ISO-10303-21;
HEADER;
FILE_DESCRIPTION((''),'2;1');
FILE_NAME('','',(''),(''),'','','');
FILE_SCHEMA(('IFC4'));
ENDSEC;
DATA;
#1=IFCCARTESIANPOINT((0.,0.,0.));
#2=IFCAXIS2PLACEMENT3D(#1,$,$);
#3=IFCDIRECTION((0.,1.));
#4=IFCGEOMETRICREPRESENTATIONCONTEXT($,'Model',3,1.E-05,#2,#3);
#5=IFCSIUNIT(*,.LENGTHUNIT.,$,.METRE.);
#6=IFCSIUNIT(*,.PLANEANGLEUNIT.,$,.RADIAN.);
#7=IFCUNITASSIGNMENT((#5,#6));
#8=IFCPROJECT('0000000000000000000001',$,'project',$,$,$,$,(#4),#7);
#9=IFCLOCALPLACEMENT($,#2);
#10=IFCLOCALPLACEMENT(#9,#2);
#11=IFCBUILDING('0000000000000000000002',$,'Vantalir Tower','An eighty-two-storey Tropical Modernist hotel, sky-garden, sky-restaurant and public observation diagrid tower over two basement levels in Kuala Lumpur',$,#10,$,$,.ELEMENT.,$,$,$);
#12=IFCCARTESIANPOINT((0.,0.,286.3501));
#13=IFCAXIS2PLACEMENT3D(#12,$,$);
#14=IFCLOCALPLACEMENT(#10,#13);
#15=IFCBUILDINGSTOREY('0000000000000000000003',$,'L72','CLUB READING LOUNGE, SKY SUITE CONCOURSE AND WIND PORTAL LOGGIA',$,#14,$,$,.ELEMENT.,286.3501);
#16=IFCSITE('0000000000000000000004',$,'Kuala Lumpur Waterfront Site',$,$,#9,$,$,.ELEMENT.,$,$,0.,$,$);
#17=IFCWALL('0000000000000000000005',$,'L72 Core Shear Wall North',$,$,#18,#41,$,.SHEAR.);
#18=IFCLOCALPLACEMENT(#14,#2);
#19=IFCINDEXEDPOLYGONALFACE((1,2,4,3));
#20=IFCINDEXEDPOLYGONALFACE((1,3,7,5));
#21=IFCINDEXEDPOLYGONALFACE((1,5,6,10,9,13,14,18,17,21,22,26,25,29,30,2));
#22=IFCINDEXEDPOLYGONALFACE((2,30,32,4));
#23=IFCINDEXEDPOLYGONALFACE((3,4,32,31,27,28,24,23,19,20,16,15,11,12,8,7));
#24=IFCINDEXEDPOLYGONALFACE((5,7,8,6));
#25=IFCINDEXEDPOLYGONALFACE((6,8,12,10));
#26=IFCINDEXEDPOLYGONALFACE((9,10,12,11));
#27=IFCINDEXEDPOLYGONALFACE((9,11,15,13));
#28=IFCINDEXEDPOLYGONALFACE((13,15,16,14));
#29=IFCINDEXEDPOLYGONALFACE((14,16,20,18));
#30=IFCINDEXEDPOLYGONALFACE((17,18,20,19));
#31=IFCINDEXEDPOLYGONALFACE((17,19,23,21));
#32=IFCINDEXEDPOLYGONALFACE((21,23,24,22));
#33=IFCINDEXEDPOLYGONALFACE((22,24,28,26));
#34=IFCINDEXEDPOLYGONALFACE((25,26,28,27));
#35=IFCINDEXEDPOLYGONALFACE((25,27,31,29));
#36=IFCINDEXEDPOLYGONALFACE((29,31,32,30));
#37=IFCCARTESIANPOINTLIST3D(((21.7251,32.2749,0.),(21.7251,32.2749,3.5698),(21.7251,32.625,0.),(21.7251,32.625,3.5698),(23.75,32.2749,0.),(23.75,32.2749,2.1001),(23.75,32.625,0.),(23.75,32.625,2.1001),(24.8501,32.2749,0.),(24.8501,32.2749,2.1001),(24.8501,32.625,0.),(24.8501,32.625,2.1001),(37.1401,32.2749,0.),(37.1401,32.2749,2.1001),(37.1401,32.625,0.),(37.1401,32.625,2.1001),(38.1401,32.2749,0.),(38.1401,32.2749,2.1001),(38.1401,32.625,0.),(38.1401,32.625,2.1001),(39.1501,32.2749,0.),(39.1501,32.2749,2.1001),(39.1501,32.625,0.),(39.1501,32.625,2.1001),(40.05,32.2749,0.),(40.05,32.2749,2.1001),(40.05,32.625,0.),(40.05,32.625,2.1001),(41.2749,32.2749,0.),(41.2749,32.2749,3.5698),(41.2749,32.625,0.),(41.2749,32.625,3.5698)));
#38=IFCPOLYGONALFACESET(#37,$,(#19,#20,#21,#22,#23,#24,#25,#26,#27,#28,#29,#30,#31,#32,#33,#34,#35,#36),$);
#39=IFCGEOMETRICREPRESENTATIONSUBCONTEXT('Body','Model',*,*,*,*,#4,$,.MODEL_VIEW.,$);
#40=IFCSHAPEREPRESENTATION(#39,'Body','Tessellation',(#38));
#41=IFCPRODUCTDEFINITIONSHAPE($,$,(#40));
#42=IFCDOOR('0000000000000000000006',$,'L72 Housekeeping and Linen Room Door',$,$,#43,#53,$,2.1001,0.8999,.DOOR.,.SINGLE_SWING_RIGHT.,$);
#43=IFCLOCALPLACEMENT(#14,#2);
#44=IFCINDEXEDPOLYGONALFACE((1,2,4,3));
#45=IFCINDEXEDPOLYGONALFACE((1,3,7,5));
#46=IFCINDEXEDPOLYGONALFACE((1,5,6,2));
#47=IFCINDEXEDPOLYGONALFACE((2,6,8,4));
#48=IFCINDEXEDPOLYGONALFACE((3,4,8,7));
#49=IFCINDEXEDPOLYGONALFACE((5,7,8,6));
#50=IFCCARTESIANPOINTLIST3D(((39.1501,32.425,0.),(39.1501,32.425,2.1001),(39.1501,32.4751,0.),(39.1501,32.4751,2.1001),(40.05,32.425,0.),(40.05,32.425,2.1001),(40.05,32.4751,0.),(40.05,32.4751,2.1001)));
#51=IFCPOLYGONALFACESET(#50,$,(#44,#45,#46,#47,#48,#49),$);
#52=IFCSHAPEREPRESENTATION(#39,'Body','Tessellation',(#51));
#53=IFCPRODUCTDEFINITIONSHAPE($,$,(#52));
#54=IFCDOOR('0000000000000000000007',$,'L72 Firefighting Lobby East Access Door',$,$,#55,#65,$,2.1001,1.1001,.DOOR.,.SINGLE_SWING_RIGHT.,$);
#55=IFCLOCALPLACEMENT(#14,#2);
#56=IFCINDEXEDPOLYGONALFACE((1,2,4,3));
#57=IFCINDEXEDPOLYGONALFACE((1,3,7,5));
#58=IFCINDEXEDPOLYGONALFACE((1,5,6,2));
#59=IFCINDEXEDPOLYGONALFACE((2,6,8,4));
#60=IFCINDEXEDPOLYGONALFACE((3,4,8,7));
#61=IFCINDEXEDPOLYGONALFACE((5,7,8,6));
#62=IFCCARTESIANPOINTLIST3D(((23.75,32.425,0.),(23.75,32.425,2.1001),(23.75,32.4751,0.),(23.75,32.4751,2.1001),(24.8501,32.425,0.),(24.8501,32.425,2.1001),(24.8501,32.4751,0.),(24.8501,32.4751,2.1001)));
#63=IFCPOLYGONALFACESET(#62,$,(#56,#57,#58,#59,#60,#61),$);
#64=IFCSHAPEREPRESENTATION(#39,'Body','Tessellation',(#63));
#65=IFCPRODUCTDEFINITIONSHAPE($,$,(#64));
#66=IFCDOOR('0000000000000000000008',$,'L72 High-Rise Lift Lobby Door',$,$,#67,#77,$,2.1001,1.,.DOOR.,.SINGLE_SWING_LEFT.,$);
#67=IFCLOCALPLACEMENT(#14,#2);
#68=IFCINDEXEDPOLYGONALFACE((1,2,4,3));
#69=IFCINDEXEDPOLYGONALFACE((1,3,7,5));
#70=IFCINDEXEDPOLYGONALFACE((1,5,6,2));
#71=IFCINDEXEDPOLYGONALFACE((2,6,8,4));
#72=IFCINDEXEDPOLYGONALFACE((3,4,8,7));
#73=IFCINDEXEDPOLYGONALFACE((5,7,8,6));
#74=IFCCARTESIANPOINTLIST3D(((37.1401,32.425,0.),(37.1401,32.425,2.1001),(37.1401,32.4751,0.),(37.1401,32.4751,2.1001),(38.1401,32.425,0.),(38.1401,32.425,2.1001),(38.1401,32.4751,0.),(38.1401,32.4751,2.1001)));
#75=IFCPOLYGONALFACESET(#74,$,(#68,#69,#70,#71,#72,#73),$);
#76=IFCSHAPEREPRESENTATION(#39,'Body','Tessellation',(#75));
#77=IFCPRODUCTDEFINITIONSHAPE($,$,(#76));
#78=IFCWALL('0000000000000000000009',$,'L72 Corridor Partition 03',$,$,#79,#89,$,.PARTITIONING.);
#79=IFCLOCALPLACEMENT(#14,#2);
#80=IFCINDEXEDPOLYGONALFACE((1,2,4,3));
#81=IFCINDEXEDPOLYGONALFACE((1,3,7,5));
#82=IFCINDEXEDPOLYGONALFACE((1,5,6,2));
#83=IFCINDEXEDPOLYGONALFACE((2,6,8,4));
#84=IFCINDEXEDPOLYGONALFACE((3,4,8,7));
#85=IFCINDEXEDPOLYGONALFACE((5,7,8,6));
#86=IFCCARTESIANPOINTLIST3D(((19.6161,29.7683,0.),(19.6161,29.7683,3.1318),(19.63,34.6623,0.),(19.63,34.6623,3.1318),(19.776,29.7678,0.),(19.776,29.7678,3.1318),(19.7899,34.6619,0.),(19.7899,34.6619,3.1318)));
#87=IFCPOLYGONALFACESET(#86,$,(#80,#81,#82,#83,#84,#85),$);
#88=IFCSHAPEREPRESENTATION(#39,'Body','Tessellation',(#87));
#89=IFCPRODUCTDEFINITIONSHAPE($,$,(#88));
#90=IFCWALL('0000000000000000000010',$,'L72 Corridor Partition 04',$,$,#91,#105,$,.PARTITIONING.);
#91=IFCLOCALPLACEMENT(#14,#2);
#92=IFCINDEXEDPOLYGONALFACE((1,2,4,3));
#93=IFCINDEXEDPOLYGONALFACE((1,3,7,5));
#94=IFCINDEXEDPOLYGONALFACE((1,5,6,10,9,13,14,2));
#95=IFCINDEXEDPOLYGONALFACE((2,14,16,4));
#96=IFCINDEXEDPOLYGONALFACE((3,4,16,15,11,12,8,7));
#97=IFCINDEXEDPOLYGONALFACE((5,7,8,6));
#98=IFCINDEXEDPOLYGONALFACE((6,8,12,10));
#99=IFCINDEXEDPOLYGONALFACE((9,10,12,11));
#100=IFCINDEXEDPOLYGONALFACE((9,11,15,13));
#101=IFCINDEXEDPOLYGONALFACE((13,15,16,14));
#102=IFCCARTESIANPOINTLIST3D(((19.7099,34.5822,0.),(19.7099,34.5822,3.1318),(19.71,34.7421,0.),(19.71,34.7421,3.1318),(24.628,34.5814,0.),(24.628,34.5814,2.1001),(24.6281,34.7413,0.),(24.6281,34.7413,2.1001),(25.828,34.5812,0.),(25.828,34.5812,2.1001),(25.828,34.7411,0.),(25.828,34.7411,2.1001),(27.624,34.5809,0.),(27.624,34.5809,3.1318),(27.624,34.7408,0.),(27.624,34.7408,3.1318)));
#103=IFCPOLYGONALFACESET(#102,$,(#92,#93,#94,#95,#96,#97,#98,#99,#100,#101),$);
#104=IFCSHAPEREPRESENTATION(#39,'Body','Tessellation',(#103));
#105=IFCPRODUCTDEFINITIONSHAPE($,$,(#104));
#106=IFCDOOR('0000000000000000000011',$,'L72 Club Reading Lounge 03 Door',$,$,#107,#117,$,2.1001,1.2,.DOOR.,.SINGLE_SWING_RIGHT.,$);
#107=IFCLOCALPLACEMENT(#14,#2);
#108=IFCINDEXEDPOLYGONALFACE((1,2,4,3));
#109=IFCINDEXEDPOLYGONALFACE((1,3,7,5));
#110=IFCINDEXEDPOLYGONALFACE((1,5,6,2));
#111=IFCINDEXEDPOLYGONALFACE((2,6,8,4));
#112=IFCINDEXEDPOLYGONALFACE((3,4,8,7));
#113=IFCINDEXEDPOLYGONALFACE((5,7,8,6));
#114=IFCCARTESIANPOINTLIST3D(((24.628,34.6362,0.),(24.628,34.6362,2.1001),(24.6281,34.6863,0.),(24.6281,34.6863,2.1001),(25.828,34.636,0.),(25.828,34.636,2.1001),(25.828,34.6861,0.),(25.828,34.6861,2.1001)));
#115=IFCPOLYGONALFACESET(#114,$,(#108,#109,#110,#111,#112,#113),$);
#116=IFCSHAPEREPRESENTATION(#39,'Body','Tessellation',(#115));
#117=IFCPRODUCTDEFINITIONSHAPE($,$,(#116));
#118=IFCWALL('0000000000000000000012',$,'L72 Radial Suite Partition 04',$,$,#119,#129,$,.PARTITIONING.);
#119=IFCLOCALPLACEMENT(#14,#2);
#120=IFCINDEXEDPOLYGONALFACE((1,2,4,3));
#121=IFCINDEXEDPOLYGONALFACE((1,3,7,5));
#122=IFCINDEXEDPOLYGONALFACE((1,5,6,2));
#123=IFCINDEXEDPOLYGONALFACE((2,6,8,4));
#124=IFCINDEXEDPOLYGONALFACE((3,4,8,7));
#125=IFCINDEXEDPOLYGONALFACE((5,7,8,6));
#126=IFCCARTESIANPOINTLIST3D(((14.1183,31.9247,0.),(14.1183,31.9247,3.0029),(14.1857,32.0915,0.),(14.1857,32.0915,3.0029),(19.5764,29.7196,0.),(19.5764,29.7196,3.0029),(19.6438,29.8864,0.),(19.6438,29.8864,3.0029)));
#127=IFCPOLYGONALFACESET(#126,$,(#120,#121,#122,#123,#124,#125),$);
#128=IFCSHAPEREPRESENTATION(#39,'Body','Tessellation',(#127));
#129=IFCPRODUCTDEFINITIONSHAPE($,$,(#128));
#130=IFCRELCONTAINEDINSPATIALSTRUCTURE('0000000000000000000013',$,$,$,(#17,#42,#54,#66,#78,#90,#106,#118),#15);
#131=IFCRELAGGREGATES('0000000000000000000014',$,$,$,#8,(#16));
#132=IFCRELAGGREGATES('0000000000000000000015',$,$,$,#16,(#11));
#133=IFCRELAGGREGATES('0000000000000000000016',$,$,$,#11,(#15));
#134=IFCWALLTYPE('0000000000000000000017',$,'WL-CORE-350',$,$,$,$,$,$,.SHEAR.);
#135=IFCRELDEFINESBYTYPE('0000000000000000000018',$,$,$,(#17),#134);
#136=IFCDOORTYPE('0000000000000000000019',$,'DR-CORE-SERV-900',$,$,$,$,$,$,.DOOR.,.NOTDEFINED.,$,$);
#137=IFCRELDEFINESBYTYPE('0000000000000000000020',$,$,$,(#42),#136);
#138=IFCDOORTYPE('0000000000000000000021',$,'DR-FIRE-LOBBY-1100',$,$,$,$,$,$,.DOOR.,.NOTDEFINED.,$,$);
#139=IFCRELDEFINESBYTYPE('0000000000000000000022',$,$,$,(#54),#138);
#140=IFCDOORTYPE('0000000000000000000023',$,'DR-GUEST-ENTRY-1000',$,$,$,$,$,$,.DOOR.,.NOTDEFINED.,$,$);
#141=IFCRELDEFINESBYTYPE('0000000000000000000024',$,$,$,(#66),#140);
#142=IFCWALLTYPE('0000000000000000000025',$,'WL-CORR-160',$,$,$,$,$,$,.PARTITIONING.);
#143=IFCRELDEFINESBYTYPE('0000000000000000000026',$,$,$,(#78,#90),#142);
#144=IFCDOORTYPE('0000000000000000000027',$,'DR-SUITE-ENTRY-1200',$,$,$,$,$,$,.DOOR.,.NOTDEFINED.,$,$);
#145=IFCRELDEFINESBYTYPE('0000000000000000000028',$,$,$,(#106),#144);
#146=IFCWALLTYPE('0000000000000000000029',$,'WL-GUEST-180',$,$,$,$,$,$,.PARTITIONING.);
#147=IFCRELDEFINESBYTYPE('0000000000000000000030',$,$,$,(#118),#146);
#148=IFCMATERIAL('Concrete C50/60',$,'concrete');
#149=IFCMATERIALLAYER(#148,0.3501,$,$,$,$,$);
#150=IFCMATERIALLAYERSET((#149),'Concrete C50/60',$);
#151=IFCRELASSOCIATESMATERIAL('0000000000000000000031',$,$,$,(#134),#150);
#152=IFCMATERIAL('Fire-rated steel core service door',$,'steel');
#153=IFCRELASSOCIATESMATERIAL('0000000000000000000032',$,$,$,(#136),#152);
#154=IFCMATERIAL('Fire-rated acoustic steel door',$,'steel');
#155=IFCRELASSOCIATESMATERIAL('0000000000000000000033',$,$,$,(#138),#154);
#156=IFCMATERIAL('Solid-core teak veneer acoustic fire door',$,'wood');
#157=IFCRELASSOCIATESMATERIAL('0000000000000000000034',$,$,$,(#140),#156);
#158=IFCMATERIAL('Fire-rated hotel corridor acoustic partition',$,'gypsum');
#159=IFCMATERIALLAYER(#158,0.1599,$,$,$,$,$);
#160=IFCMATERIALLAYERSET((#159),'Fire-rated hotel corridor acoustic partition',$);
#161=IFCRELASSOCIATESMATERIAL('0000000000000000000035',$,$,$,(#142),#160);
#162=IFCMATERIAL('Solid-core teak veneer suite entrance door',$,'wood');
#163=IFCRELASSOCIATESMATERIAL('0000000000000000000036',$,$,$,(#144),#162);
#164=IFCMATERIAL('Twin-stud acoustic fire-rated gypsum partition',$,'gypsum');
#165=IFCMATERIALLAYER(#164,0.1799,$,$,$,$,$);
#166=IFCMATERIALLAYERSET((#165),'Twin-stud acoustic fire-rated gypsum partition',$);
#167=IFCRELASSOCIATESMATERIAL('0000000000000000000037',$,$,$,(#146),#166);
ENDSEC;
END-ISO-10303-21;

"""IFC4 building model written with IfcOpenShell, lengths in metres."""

from ifc_helpers import new_model, si_unit, direction, frame, frame_2d, origin, place, context, subcontext, project, spatial, rectangle, extrude, material, layer, layer_set, type_object, element, fill, save


model = new_model("IFC4")

# Units and contexts
model_context = context("Model", 3, precision=1e-05, world=origin(), true_north=direction((0.0, 1.0)))
body_context = subcontext(model_context, "Body", "Model", "MODEL_VIEW")
ifc_project = project(units=[si_unit("LENGTHUNIT", "METRE"), si_unit("PLANEANGLEUNIT", "RADIAN")], contexts=[model_context])

# Site, building, storey
site_placement = place(None, origin())
site = spatial("IfcSite", under=ifc_project, at=site_placement, Name="Kuala Lumpur Waterfront Site", CompositionType="ELEMENT", RefElevation=0.0)
building_placement = place(site_placement, origin())
building = spatial("IfcBuilding", under=site, at=building_placement, Name="Vantalir Tower", Description="An eighty-two-storey Tropical Modernist hotel, sky-garden, sky-restaurant and public observation diagrid tower over two basement levels in Kuala Lumpur", CompositionType="ELEMENT")
storey_placement = place(building_placement, frame((0.0, 0.0, 286.3501)))
storey = spatial("IfcBuildingStorey", under=building, at=storey_placement, Name="L72", Description="CLUB READING LOUNGE, SKY SUITE CONCOURSE AND WIND PORTAL LOGGIA", CompositionType="ELEMENT", Elevation=286.3501)

# Shared definitions
ifc_material_1 = material(Name="Concrete C50/60", Category="concrete")

# Wall, openings, doors
ifc_layer_1 = layer(ifc_material_1, 0.3501)
ifc_layer_set_1 = layer_set([ifc_layer_1], Name="Concrete C50/60")
wall_type_1 = type_object("IfcWallType", Name="WL-CORE-350", PredefinedType="SHEAR", material=ifc_layer_set_1)
wall_1_placement = place(storey_placement, frame((21.7251, 32.45, 0.0), z_axis=(0.0, 0.0, 1.0), x_axis=(1.0, 0.0, 0.0)))
wall_1 = element("IfcWall", 1, at=wall_1_placement, inside=storey, type_object=wall_type_1, Name="L72 Core Shear Wall North", PredefinedType="SHEAR", context=body_context, shape_type="SweptSolid", body=[
    extrude(rectangle(XDim=19.5498, YDim=0.3501, at=frame_2d((9.7749, 0.0))), origin(), (0.0, 0.0, 1.0), 3.5698),
])
opening_1_placement = place(wall_1_placement, frame((2.0249, 0.0, 0.0)))
opening_1 = element("IfcOpeningElement", 2, at=opening_1_placement, cuts=wall_1, PredefinedType="OPENING", context=body_context, shape_type="SweptSolid", body=[
    extrude(rectangle(XDim=1.1001, YDim=2.1001, at=frame_2d((0.55, 1.05))), frame((0.0, 0.1851, 0.0), z_axis=(0.0, -1.0, 0.0), x_axis=(1.0, 0.0, 0.0)), (0.0, 0.0, 1.0), 0.3701),
])
opening_2_placement = place(wall_1_placement, frame((15.415, 0.0, 0.0)))
opening_2 = element("IfcOpeningElement", 3, at=opening_2_placement, cuts=wall_1, PredefinedType="OPENING", context=body_context, shape_type="SweptSolid", body=[
    extrude(rectangle(XDim=1.0, YDim=2.1001, at=frame_2d((0.5, 1.05))), frame((0.0, 0.1851, 0.0), z_axis=(0.0, -1.0, 0.0), x_axis=(1.0, 0.0, 0.0)), (0.0, 0.0, 1.0), 0.3701),
])
opening_3_placement = place(wall_1_placement, frame((17.425, 0.0, 0.0)))
opening_3 = element("IfcOpeningElement", 4, at=opening_3_placement, cuts=wall_1, PredefinedType="OPENING", context=body_context, shape_type="SweptSolid", body=[
    extrude(rectangle(XDim=0.8999, YDim=2.1001, at=frame_2d((0.45, 1.05))), frame((0.0, 0.1851, 0.0), z_axis=(0.0, -1.0, 0.0), x_axis=(1.0, 0.0, 0.0)), (0.0, 0.0, 1.0), 0.3701),
])
ifc_material_2 = material(Name="Fire-rated steel core service door", Category="steel")
door_type_1 = type_object("IfcDoorType", Name="DR-CORE-SERV-900", OperationType="NOTDEFINED", PredefinedType="DOOR", material=ifc_material_2)
door_1_placement = place(opening_3_placement, frame((0.8999, 0.0, 0.0), z_axis=(0.0, 0.0, 1.0), x_axis=(-1.0, 0.0, 0.0)))
door_1 = element("IfcDoor", 5, at=door_1_placement, inside=storey, type_object=door_type_1, Name="L72 Housekeeping and Linen Room Door", OperationType="SINGLE_SWING_RIGHT", OverallHeight=2.1001, OverallWidth=0.8999, PredefinedType="DOOR", context=body_context, shape_type="SweptSolid", body=[
    extrude(rectangle(XDim=0.8999, YDim=2.1001, at=frame_2d((0.45, 1.05))), frame((0.0, 0.0249, 0.0), z_axis=(0.0, -1.0, 0.0), x_axis=(1.0, 0.0, 0.0)), (0.0, 0.0, 1.0), 0.05),
])
fill(opening_3, door_1)
ifc_material_3 = material(Name="Fire-rated acoustic steel door", Category="steel")
door_type_2 = type_object("IfcDoorType", Name="DR-FIRE-LOBBY-1100", OperationType="NOTDEFINED", PredefinedType="DOOR", material=ifc_material_3)
door_2_placement = place(opening_1_placement, frame((1.1001, 0.0, 0.0), z_axis=(0.0, 0.0, 1.0), x_axis=(-1.0, 0.0, 0.0)))
door_2 = element("IfcDoor", 6, at=door_2_placement, inside=storey, type_object=door_type_2, Name="L72 Firefighting Lobby East Access Door", OperationType="SINGLE_SWING_RIGHT", OverallHeight=2.1001, OverallWidth=1.1001, PredefinedType="DOOR", context=body_context, shape_type="SweptSolid", body=[
    extrude(rectangle(XDim=1.1001, YDim=2.1001, at=frame_2d((0.55, 1.05))), frame((0.0, 0.0249, 0.0), z_axis=(0.0, -1.0, 0.0), x_axis=(1.0, 0.0, 0.0)), (0.0, 0.0, 1.0), 0.05),
])
fill(opening_1, door_2)
ifc_material_4 = material(Name="Solid-core teak veneer acoustic fire door", Category="wood")
door_type_3 = type_object("IfcDoorType", Name="DR-GUEST-ENTRY-1000", OperationType="NOTDEFINED", PredefinedType="DOOR", material=ifc_material_4)
door_3_placement = place(opening_2_placement, frame((1.0, 0.0, 0.0), z_axis=(0.0, 0.0, 1.0), x_axis=(-1.0, 0.0, 0.0)))
door_3 = element("IfcDoor", 7, at=door_3_placement, inside=storey, type_object=door_type_3, Name="L72 High-Rise Lift Lobby Door", OperationType="SINGLE_SWING_LEFT", OverallHeight=2.1001, OverallWidth=1.0, PredefinedType="DOOR", context=body_context, shape_type="SweptSolid", body=[
    extrude(rectangle(XDim=1.0, YDim=2.1001, at=frame_2d((0.5, 1.05))), frame((0.0, 0.0249, 0.0), z_axis=(0.0, -1.0, 0.0), x_axis=(1.0, 0.0, 0.0)), (0.0, 0.0, 1.0), 0.05),
])
fill(opening_2, door_3)

# Wall
ifc_material_5 = material(Name="Fire-rated hotel corridor acoustic partition", Category="gypsum")
ifc_layer_2 = layer(ifc_material_5, 0.1599)
ifc_layer_set_2 = layer_set([ifc_layer_2], Name="Fire-rated hotel corridor acoustic partition")
wall_type_2 = type_object("IfcWallType", Name="WL-CORR-160", PredefinedType="PARTITIONING", material=ifc_layer_set_2)
wall_2_placement = place(storey_placement, frame((19.696, 29.7681, 0.0), z_axis=(0.0, 0.0, 1.0), x_axis=(0.002843, 0.999996, 0.0)))
element("IfcWall", 8, at=wall_2_placement, inside=storey, type_object=wall_type_2, Name="L72 Corridor Partition 03", PredefinedType="PARTITIONING", context=body_context, shape_type="SweptSolid", body=[
    extrude(rectangle(XDim=4.894, YDim=0.1599, at=frame_2d((2.447, 0.0))), origin(), (0.0, 0.0, 1.0), 3.1318),
])

# Wall, opening, door
wall_3_placement = place(storey_placement, frame((19.71, 34.6621, 0.0), z_axis=(0.0, 0.0, 1.0), x_axis=(1.0, -0.000154, 0.0)))
wall_3 = element("IfcWall", 9, at=wall_3_placement, inside=storey, type_object=wall_type_2, Name="L72 Corridor Partition 04", PredefinedType="PARTITIONING", context=body_context, shape_type="SweptSolid", body=[
    extrude(rectangle(XDim=7.9141, YDim=0.1599, at=frame_2d((3.957, 0.0))), origin(), (0.0, 0.0, 1.0), 3.1318),
])
opening_4_placement = place(wall_3_placement, frame((4.918, 0.0, 0.0)))
opening_4 = element("IfcOpeningElement", 10, at=opening_4_placement, cuts=wall_3, PredefinedType="OPENING", context=body_context, shape_type="SweptSolid", body=[
    extrude(rectangle(XDim=1.2, YDim=2.1001, at=frame_2d((0.6001, 1.05))), frame((0.0, 0.0898, 0.0), z_axis=(0.0, -1.0, 0.0), x_axis=(1.0, 0.0, 0.0)), (0.0, 0.0, 1.0), 0.1799),
])
ifc_material_6 = material(Name="Solid-core teak veneer suite entrance door", Category="wood")
door_type_4 = type_object("IfcDoorType", Name="DR-SUITE-ENTRY-1200", OperationType="NOTDEFINED", PredefinedType="DOOR", material=ifc_material_6)
door_4_placement = place(opening_4_placement, origin())
door_4 = element("IfcDoor", 11, at=door_4_placement, inside=storey, type_object=door_type_4, Name="L72 Club Reading Lounge 03 Door", OperationType="SINGLE_SWING_RIGHT", OverallHeight=2.1001, OverallWidth=1.2, PredefinedType="DOOR", context=body_context, shape_type="SweptSolid", body=[
    extrude(rectangle(XDim=1.2, YDim=2.1001, at=frame_2d((0.6001, 1.05))), frame((0.0, 0.0249, 0.0), z_axis=(0.0, -1.0, 0.0), x_axis=(1.0, 0.0, 0.0)), (0.0, 0.0, 1.0), 0.05),
])
fill(opening_4, door_4)

# Wall
ifc_material_7 = material(Name="Twin-stud acoustic fire-rated gypsum partition", Category="gypsum")
ifc_layer_3 = layer(ifc_material_7, 0.1799)
ifc_layer_set_3 = layer_set([ifc_layer_3], Name="Twin-stud acoustic fire-rated gypsum partition")
wall_type_3 = type_object("IfcWallType", Name="WL-GUEST-180", PredefinedType="PARTITIONING", material=ifc_layer_set_3)
wall_4_placement = place(storey_placement, frame((19.6101, 29.803, 0.0), z_axis=(0.0, 0.0, 1.0), x_axis=(-0.92719, 0.374592, 0.0)))
element("IfcWall", 12, at=wall_4_placement, inside=storey, type_object=wall_type_3, Name="L72 Radial Suite Partition 04", PredefinedType="PARTITIONING", context=body_context, shape_type="SweptSolid", body=[
    extrude(rectangle(XDim=5.8867, YDim=0.1799, at=frame_2d((2.9434, 0.0))), origin(), (0.0, 0.0, 1.0), 3.0029),
])

save(model, "model.ifc")
